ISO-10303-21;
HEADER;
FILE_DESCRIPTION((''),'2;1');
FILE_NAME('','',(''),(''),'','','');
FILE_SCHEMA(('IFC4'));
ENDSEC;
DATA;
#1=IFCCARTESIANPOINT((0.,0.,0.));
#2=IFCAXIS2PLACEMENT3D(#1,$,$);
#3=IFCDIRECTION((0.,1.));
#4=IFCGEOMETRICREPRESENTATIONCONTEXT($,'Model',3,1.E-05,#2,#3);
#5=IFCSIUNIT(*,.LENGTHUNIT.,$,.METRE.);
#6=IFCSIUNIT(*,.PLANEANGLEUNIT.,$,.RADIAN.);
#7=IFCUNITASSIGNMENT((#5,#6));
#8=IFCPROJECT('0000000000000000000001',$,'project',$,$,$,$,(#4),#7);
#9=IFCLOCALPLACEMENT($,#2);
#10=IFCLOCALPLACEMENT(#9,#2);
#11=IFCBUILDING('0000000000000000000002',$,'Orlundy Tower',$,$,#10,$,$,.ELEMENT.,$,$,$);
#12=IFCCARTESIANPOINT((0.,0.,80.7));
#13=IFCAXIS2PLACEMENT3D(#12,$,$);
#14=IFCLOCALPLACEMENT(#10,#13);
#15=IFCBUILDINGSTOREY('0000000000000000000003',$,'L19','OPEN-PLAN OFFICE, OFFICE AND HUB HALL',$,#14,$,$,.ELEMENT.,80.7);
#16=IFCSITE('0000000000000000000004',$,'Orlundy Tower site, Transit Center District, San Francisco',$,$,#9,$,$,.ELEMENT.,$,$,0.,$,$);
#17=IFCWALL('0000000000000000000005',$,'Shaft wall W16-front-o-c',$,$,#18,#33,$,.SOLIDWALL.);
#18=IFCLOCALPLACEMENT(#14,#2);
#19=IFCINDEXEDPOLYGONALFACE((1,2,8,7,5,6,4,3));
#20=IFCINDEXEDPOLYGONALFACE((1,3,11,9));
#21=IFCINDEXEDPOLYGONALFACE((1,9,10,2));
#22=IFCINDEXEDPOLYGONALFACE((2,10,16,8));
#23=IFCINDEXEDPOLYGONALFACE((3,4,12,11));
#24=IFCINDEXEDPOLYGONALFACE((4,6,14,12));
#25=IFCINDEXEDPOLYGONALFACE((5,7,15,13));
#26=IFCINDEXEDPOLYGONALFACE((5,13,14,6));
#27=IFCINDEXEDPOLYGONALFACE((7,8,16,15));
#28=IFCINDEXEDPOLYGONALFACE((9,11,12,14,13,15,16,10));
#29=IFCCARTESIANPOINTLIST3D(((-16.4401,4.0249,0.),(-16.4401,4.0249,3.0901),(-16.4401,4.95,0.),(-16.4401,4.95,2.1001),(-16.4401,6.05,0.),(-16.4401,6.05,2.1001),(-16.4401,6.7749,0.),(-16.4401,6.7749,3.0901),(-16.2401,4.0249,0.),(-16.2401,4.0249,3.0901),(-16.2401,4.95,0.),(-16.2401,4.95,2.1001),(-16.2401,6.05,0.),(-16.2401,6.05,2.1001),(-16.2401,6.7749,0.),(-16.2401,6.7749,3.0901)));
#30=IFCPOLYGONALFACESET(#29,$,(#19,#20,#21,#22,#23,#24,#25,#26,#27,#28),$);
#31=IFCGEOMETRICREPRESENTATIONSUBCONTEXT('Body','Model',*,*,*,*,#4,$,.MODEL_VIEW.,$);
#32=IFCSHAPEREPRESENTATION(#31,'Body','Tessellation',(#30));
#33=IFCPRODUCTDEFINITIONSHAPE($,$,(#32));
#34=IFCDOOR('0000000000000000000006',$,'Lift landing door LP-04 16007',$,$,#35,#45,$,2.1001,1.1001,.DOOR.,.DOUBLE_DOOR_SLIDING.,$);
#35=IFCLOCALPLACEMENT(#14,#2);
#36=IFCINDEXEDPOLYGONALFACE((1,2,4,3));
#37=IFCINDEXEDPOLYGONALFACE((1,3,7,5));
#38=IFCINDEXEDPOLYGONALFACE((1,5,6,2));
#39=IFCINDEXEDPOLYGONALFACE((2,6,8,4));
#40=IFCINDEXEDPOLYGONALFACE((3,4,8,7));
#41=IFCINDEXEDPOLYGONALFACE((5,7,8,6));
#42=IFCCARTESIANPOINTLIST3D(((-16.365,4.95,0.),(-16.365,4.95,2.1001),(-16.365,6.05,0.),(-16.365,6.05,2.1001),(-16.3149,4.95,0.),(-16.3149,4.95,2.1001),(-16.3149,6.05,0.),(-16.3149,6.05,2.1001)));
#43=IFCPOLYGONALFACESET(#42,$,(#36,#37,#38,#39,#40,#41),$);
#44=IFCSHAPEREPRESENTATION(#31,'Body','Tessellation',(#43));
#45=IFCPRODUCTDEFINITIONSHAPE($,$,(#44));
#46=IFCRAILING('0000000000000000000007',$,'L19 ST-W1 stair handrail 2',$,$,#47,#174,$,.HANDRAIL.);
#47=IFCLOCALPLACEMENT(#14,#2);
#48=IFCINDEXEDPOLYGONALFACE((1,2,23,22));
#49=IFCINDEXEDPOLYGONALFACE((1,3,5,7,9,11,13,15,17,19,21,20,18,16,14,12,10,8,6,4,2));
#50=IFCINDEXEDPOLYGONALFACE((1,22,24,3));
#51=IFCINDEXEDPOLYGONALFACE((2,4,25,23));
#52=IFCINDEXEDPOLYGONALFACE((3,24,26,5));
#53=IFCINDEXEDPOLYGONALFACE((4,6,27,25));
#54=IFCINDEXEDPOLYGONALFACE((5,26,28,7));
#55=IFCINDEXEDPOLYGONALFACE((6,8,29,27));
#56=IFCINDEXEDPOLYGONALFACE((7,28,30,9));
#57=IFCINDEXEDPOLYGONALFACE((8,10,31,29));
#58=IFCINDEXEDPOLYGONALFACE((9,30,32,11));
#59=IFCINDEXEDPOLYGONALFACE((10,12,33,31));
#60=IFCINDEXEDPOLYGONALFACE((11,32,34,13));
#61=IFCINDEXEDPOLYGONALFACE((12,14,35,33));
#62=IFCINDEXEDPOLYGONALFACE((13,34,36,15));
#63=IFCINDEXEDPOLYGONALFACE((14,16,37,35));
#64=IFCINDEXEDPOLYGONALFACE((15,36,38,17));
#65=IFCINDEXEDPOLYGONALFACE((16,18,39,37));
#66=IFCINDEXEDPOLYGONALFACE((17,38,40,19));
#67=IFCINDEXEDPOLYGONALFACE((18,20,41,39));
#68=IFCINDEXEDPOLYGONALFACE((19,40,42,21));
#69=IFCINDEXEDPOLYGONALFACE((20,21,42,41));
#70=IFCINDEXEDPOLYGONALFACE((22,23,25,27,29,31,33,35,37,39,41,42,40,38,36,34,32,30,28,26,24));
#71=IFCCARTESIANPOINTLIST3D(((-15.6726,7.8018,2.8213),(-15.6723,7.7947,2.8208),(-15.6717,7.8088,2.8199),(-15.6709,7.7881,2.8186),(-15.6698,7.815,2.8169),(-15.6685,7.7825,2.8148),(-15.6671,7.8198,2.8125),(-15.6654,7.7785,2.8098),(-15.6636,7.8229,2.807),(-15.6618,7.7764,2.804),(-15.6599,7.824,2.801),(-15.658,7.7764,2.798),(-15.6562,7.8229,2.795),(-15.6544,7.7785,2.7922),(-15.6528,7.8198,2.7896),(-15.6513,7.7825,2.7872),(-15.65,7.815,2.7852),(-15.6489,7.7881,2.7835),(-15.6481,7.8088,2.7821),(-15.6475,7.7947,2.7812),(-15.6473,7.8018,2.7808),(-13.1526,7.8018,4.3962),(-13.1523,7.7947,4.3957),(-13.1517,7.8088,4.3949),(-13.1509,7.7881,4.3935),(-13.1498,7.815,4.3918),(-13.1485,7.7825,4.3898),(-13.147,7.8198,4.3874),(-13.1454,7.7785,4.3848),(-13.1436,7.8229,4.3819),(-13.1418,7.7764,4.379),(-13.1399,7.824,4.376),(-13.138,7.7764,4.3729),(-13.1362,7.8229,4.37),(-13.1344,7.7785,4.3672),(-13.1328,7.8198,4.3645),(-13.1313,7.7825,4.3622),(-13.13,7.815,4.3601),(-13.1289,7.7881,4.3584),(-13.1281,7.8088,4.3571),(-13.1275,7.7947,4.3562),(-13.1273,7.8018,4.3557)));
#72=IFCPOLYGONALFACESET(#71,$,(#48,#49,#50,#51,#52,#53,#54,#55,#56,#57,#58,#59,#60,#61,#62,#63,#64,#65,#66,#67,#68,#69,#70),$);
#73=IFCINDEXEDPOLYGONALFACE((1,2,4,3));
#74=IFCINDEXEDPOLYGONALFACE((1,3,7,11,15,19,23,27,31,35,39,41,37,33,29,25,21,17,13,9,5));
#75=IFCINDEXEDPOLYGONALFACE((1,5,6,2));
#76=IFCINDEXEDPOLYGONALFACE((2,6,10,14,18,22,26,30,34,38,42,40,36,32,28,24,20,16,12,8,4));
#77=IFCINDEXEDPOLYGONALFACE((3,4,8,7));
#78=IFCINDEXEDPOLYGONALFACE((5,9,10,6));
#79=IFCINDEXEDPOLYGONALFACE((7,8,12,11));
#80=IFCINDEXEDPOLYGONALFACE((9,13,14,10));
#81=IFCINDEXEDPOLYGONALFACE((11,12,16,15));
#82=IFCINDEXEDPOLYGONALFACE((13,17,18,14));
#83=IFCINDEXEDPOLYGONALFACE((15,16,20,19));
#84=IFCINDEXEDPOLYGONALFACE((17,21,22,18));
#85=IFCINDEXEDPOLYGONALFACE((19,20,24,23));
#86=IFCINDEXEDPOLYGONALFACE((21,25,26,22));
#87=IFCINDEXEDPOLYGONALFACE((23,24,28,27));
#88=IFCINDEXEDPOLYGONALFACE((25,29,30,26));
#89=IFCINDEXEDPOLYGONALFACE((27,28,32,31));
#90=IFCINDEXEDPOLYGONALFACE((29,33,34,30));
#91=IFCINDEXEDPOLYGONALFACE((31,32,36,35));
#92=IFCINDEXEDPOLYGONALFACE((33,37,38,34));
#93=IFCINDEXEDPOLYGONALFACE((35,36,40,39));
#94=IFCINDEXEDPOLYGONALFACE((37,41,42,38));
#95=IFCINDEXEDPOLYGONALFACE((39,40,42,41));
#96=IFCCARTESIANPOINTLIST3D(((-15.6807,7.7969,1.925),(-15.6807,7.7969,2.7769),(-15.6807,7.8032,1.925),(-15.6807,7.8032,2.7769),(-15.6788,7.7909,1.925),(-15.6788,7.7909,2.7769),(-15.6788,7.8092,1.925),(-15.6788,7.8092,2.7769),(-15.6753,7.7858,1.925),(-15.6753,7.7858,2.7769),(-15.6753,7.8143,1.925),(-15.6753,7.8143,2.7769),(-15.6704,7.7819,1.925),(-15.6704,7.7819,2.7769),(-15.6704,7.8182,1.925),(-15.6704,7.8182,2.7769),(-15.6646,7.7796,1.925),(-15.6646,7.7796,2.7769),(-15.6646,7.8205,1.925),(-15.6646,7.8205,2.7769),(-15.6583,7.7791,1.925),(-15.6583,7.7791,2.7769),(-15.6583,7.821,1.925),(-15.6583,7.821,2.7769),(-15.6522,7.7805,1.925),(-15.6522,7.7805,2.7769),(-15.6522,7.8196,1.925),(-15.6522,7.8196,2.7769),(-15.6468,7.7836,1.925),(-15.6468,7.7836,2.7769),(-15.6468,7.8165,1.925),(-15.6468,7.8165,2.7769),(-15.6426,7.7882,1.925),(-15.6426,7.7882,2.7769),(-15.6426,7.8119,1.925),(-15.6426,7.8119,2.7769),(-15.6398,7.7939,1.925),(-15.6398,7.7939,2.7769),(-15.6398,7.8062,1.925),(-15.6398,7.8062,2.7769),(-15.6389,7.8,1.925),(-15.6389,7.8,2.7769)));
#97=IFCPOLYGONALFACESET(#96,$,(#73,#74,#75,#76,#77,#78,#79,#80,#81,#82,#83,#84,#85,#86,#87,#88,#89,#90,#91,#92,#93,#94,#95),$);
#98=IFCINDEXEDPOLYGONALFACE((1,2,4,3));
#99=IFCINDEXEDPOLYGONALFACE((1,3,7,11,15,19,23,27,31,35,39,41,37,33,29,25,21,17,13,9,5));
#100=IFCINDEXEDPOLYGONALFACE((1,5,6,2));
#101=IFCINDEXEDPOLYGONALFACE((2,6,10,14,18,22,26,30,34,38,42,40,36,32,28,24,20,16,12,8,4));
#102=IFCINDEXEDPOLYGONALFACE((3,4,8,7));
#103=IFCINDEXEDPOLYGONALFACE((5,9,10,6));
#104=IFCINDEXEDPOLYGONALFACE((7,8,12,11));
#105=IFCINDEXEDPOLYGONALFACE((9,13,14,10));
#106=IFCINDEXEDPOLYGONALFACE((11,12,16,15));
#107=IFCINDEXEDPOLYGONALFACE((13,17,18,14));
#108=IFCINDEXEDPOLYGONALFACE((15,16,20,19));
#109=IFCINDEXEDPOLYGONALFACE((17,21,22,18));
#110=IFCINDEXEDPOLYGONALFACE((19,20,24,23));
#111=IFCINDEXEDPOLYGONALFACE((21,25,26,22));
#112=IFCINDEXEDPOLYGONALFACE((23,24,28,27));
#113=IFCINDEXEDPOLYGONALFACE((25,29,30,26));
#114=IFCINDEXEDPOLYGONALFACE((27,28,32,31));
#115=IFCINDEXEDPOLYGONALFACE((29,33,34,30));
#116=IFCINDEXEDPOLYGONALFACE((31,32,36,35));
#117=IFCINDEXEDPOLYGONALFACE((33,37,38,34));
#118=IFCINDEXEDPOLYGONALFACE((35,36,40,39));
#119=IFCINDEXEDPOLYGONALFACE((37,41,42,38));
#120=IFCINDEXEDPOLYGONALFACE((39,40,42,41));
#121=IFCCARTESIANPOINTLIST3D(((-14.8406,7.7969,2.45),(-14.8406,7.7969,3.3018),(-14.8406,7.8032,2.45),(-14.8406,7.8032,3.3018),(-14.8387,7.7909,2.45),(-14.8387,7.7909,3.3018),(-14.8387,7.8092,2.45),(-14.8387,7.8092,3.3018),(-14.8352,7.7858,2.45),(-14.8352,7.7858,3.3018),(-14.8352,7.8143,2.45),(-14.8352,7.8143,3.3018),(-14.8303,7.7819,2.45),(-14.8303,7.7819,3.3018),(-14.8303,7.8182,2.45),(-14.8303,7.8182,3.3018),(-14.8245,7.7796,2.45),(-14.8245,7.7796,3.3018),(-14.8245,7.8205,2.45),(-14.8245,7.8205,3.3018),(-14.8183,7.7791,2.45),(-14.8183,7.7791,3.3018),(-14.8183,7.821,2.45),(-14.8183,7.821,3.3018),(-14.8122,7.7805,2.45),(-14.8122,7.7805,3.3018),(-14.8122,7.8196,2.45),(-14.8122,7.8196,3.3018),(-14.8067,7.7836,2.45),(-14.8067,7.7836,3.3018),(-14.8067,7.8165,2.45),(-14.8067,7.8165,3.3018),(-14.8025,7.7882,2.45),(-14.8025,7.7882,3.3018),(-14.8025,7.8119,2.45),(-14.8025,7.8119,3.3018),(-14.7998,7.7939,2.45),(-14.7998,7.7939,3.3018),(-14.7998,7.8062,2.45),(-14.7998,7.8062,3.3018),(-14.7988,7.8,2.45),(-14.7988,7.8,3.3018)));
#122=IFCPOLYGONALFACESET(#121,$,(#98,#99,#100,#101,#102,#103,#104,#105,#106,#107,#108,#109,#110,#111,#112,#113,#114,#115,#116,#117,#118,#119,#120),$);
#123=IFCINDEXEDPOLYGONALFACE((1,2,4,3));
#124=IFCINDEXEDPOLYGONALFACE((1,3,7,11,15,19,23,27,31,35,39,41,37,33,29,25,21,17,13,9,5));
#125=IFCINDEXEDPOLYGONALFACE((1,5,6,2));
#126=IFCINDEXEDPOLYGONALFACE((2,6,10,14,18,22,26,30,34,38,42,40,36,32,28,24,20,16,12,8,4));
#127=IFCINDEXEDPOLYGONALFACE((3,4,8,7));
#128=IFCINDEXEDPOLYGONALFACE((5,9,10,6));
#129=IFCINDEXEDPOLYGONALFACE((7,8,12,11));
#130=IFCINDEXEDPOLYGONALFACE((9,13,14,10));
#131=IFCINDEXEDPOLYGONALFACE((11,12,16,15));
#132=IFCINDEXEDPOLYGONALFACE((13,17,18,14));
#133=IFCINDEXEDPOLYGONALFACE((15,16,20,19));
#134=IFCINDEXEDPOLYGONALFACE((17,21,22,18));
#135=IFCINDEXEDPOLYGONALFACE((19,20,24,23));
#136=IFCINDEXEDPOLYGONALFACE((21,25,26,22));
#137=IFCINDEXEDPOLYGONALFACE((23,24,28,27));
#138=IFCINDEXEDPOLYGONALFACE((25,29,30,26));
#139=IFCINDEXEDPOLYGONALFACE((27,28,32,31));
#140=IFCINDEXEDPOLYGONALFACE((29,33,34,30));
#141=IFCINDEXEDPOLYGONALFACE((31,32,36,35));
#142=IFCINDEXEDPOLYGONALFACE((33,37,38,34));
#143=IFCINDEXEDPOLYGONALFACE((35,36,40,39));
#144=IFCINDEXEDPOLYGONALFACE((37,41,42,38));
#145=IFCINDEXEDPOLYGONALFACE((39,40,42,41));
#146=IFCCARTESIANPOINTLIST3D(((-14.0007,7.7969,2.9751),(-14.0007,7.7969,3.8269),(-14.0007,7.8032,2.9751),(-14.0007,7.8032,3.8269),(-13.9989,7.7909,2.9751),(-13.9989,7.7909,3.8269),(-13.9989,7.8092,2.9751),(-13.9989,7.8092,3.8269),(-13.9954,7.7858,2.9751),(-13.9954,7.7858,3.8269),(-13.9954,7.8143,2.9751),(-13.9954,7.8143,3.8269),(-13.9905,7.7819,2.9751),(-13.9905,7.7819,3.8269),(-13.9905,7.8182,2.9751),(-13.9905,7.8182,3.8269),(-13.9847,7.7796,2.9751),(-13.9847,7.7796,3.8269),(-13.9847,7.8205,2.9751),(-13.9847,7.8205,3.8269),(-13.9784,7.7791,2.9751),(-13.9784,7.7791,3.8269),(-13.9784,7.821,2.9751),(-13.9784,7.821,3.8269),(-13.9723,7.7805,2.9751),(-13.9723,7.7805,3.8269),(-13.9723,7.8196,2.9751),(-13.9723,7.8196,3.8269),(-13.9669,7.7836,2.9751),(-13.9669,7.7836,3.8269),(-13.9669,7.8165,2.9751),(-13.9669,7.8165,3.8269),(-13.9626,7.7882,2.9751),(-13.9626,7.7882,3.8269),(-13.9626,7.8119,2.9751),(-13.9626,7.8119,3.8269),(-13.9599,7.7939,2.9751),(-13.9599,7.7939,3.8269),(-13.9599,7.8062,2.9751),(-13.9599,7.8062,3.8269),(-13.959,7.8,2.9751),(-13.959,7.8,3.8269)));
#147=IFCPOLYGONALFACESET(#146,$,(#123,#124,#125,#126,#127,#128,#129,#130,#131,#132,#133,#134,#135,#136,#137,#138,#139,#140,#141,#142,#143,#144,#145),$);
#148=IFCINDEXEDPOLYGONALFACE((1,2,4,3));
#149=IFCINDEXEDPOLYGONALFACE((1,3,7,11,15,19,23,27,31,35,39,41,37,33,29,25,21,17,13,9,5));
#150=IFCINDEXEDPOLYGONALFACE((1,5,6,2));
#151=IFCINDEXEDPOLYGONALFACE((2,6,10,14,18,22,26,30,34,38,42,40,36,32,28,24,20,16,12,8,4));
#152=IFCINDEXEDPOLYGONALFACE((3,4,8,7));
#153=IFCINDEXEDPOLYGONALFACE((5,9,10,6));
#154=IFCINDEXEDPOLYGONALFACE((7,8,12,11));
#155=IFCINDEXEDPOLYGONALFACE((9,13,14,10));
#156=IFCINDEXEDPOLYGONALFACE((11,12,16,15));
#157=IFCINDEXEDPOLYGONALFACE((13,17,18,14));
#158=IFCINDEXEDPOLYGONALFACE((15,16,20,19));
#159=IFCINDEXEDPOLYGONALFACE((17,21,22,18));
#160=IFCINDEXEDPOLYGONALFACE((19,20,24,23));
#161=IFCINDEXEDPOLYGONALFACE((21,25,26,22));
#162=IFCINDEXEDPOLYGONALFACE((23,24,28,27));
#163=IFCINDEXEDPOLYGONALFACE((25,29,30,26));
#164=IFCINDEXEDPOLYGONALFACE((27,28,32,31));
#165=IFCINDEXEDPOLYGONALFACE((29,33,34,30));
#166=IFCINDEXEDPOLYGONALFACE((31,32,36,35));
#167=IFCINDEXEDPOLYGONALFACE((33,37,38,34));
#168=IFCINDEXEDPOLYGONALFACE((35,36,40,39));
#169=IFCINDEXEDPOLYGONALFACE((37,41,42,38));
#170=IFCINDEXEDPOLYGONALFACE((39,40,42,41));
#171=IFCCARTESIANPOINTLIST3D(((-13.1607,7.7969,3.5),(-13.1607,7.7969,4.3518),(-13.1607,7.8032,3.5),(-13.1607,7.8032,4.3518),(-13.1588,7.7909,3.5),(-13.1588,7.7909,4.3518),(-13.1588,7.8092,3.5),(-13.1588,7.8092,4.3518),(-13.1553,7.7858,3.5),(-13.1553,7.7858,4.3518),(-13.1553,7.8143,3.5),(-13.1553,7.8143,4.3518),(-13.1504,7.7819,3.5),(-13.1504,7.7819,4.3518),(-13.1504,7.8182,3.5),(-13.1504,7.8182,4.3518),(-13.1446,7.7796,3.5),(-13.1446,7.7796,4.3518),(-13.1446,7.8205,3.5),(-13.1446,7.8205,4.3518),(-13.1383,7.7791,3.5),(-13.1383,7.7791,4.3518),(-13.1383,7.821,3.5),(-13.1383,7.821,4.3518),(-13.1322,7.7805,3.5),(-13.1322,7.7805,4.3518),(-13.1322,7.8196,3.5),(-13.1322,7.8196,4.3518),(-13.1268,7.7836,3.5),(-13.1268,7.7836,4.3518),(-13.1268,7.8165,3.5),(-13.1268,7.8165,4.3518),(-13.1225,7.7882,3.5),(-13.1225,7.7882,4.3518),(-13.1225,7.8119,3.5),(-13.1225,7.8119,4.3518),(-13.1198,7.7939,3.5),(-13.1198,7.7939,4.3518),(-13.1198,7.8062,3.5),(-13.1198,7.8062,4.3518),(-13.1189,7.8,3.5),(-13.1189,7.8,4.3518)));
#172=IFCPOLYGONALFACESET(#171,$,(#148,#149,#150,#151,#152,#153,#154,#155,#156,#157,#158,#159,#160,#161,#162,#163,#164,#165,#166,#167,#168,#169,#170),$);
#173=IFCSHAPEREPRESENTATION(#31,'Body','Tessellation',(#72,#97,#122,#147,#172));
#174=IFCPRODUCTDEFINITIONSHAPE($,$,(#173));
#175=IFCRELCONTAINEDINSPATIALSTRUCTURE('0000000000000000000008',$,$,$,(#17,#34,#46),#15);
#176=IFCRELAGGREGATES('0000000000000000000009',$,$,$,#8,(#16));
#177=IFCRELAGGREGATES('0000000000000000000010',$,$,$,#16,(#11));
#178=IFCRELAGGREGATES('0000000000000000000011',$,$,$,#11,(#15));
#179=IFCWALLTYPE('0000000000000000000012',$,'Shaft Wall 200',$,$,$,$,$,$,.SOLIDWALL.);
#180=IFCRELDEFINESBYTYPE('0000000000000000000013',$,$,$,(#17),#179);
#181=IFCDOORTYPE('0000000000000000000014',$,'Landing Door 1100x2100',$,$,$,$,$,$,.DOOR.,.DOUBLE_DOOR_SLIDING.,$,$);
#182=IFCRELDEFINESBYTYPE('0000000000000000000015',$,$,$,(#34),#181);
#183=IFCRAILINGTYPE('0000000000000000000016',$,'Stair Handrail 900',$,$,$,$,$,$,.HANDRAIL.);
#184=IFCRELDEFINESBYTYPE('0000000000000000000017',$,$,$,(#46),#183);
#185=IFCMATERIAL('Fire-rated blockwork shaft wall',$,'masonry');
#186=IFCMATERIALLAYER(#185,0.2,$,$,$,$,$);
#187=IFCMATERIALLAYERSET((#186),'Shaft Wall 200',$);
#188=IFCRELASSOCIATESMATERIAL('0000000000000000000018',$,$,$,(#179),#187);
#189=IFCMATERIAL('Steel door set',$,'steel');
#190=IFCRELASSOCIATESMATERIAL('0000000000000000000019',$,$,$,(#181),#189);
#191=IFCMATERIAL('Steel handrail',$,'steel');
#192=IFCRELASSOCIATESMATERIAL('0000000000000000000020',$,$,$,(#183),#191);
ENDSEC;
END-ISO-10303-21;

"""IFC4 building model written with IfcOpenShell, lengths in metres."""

from ifc_helpers import new_model, si_unit, direction, frame, frame_2d, origin, origin_2d, place, context, subcontext, project, spatial, rectangle, circle, extrude, material, layer, layer_set, type_object, element, fill, save


model = new_model("IFC4")

# Units and contexts
model_context = context("Model", 3, precision=1e-05, world=origin(), true_north=direction((0.0, 1.0)))
body_context = subcontext(model_context, "Body", "Model", "MODEL_VIEW")
ifc_project = project(units=[si_unit("LENGTHUNIT", "METRE"), si_unit("PLANEANGLEUNIT", "RADIAN")], contexts=[model_context])

# Site, building, storey
site_placement = place(None, origin())
site = spatial("IfcSite", under=ifc_project, at=site_placement, Name="Orlundy Tower site, Transit Center District, San Francisco", CompositionType="ELEMENT", RefElevation=0.0)
building_placement = place(site_placement, origin())
building = spatial("IfcBuilding", under=site, at=building_placement, Name="Orlundy Tower", CompositionType="ELEMENT")
storey_placement = place(building_placement, frame((0.0, 0.0, 80.7)))
storey = spatial("IfcBuildingStorey", under=building, at=storey_placement, Name="L19", Description="OPEN-PLAN OFFICE, OFFICE AND HUB HALL", CompositionType="ELEMENT", Elevation=80.7)

# Wall, opening, door
ifc_material_1 = material(Name="Fire-rated blockwork shaft wall", Category="masonry")
ifc_layer_1 = layer(ifc_material_1, 0.2)
ifc_layer_set_1 = layer_set([ifc_layer_1], Name="Shaft Wall 200")
wall_type_1 = type_object("IfcWallType", Name="Shaft Wall 200", PredefinedType="SOLIDWALL", material=ifc_layer_set_1)
wall_1_placement = place(storey_placement, frame((-16.3401, 4.0249, 0.0), z_axis=(0.0, 0.0, 1.0), x_axis=(0.0, 1.0, 0.0)))
wall_1 = element("IfcWall", 1, at=wall_1_placement, inside=storey, type_object=wall_type_1, Name="Shaft wall W16-front-o-c", PredefinedType="SOLIDWALL", context=body_context, shape_type="SweptSolid", body=[
    extrude(rectangle(XDim=2.75, YDim=0.2, at=frame_2d((1.375, 0.0))), origin(), (0.0, 0.0, 1.0), 3.0901),
])
opening_1_placement = place(wall_1_placement, frame((0.925, 0.0, 0.0)))
opening_1 = element("IfcOpeningElement", 2, at=opening_1_placement, cuts=wall_1, PredefinedType="OPENING", context=body_context, shape_type="SweptSolid", body=[
    extrude(rectangle(XDim=1.1001, YDim=2.1001, at=frame_2d((0.55, 1.05))), frame((0.0, 0.1101, 0.0), z_axis=(0.0, -1.0, 0.0), x_axis=(1.0, 0.0, 0.0)), (0.0, 0.0, 1.0), 0.2202),
])
ifc_material_2 = material(Name="Steel door set", Category="steel")
door_type_1 = type_object("IfcDoorType", Name="Landing Door 1100x2100", OperationType="DOUBLE_DOOR_SLIDING", PredefinedType="DOOR", material=ifc_material_2)
door_1_placement = place(opening_1_placement, origin())
door_1 = element("IfcDoor", 3, at=door_1_placement, inside=storey, type_object=door_type_1, Name="Lift landing door LP-04 16007", OperationType="DOUBLE_DOOR_SLIDING", OverallHeight=2.1001, OverallWidth=1.1001, PredefinedType="DOOR", context=body_context, shape_type="SweptSolid", body=[
    extrude(rectangle(XDim=1.1001, YDim=2.1001, at=frame_2d((0.55, 1.05))), frame((0.0, 0.0249, 0.0), z_axis=(0.0, -1.0, 0.0), x_axis=(1.0, 0.0, 0.0)), (0.0, 0.0, 1.0), 0.05),
])
fill(opening_1, door_1)

# Railing
ifc_material_3 = material(Name="Steel handrail", Category="steel")
railing_type_1 = type_object("IfcRailingType", Name="Stair Handrail 900", PredefinedType="HANDRAIL", material=ifc_material_3)
railing_1_placement = place(storey_placement, frame((-15.6599, 7.8, 1.925)))
element("IfcRailing", 4, at=railing_1_placement, inside=storey, type_object=railing_type_1, Name="L19 ST-W1 stair handrail 2", PredefinedType="HANDRAIL", context=body_context, shape_type="SweptSolid", body=[
    extrude(circle(Radius=0.0239, at=origin_2d()), frame((0.0, 0.0, 0.876), z_axis=(0.848008, 0.0, 0.529984), x_axis=(0.0, 1.0, 0.0)), (0.0, 0.0, 1.0), 2.9717),
    extrude(circle(Radius=0.021, at=origin_2d()), origin(), (0.0, 0.0, 1.0), 0.8518),
    extrude(circle(Radius=0.021, at=origin_2d()), frame((0.8401, 0.0, 0.5249)), (0.0, 0.0, 1.0), 0.8518),
    extrude(circle(Radius=0.021, at=origin_2d()), frame((1.6799, 0.0, 1.05)), (0.0, 0.0, 1.0), 0.8518),
    extrude(circle(Radius=0.021, at=origin_2d()), frame((2.52, 0.0, 1.575)), (0.0, 0.0, 1.0), 0.8518),
])

save(model, "model.ifc")
